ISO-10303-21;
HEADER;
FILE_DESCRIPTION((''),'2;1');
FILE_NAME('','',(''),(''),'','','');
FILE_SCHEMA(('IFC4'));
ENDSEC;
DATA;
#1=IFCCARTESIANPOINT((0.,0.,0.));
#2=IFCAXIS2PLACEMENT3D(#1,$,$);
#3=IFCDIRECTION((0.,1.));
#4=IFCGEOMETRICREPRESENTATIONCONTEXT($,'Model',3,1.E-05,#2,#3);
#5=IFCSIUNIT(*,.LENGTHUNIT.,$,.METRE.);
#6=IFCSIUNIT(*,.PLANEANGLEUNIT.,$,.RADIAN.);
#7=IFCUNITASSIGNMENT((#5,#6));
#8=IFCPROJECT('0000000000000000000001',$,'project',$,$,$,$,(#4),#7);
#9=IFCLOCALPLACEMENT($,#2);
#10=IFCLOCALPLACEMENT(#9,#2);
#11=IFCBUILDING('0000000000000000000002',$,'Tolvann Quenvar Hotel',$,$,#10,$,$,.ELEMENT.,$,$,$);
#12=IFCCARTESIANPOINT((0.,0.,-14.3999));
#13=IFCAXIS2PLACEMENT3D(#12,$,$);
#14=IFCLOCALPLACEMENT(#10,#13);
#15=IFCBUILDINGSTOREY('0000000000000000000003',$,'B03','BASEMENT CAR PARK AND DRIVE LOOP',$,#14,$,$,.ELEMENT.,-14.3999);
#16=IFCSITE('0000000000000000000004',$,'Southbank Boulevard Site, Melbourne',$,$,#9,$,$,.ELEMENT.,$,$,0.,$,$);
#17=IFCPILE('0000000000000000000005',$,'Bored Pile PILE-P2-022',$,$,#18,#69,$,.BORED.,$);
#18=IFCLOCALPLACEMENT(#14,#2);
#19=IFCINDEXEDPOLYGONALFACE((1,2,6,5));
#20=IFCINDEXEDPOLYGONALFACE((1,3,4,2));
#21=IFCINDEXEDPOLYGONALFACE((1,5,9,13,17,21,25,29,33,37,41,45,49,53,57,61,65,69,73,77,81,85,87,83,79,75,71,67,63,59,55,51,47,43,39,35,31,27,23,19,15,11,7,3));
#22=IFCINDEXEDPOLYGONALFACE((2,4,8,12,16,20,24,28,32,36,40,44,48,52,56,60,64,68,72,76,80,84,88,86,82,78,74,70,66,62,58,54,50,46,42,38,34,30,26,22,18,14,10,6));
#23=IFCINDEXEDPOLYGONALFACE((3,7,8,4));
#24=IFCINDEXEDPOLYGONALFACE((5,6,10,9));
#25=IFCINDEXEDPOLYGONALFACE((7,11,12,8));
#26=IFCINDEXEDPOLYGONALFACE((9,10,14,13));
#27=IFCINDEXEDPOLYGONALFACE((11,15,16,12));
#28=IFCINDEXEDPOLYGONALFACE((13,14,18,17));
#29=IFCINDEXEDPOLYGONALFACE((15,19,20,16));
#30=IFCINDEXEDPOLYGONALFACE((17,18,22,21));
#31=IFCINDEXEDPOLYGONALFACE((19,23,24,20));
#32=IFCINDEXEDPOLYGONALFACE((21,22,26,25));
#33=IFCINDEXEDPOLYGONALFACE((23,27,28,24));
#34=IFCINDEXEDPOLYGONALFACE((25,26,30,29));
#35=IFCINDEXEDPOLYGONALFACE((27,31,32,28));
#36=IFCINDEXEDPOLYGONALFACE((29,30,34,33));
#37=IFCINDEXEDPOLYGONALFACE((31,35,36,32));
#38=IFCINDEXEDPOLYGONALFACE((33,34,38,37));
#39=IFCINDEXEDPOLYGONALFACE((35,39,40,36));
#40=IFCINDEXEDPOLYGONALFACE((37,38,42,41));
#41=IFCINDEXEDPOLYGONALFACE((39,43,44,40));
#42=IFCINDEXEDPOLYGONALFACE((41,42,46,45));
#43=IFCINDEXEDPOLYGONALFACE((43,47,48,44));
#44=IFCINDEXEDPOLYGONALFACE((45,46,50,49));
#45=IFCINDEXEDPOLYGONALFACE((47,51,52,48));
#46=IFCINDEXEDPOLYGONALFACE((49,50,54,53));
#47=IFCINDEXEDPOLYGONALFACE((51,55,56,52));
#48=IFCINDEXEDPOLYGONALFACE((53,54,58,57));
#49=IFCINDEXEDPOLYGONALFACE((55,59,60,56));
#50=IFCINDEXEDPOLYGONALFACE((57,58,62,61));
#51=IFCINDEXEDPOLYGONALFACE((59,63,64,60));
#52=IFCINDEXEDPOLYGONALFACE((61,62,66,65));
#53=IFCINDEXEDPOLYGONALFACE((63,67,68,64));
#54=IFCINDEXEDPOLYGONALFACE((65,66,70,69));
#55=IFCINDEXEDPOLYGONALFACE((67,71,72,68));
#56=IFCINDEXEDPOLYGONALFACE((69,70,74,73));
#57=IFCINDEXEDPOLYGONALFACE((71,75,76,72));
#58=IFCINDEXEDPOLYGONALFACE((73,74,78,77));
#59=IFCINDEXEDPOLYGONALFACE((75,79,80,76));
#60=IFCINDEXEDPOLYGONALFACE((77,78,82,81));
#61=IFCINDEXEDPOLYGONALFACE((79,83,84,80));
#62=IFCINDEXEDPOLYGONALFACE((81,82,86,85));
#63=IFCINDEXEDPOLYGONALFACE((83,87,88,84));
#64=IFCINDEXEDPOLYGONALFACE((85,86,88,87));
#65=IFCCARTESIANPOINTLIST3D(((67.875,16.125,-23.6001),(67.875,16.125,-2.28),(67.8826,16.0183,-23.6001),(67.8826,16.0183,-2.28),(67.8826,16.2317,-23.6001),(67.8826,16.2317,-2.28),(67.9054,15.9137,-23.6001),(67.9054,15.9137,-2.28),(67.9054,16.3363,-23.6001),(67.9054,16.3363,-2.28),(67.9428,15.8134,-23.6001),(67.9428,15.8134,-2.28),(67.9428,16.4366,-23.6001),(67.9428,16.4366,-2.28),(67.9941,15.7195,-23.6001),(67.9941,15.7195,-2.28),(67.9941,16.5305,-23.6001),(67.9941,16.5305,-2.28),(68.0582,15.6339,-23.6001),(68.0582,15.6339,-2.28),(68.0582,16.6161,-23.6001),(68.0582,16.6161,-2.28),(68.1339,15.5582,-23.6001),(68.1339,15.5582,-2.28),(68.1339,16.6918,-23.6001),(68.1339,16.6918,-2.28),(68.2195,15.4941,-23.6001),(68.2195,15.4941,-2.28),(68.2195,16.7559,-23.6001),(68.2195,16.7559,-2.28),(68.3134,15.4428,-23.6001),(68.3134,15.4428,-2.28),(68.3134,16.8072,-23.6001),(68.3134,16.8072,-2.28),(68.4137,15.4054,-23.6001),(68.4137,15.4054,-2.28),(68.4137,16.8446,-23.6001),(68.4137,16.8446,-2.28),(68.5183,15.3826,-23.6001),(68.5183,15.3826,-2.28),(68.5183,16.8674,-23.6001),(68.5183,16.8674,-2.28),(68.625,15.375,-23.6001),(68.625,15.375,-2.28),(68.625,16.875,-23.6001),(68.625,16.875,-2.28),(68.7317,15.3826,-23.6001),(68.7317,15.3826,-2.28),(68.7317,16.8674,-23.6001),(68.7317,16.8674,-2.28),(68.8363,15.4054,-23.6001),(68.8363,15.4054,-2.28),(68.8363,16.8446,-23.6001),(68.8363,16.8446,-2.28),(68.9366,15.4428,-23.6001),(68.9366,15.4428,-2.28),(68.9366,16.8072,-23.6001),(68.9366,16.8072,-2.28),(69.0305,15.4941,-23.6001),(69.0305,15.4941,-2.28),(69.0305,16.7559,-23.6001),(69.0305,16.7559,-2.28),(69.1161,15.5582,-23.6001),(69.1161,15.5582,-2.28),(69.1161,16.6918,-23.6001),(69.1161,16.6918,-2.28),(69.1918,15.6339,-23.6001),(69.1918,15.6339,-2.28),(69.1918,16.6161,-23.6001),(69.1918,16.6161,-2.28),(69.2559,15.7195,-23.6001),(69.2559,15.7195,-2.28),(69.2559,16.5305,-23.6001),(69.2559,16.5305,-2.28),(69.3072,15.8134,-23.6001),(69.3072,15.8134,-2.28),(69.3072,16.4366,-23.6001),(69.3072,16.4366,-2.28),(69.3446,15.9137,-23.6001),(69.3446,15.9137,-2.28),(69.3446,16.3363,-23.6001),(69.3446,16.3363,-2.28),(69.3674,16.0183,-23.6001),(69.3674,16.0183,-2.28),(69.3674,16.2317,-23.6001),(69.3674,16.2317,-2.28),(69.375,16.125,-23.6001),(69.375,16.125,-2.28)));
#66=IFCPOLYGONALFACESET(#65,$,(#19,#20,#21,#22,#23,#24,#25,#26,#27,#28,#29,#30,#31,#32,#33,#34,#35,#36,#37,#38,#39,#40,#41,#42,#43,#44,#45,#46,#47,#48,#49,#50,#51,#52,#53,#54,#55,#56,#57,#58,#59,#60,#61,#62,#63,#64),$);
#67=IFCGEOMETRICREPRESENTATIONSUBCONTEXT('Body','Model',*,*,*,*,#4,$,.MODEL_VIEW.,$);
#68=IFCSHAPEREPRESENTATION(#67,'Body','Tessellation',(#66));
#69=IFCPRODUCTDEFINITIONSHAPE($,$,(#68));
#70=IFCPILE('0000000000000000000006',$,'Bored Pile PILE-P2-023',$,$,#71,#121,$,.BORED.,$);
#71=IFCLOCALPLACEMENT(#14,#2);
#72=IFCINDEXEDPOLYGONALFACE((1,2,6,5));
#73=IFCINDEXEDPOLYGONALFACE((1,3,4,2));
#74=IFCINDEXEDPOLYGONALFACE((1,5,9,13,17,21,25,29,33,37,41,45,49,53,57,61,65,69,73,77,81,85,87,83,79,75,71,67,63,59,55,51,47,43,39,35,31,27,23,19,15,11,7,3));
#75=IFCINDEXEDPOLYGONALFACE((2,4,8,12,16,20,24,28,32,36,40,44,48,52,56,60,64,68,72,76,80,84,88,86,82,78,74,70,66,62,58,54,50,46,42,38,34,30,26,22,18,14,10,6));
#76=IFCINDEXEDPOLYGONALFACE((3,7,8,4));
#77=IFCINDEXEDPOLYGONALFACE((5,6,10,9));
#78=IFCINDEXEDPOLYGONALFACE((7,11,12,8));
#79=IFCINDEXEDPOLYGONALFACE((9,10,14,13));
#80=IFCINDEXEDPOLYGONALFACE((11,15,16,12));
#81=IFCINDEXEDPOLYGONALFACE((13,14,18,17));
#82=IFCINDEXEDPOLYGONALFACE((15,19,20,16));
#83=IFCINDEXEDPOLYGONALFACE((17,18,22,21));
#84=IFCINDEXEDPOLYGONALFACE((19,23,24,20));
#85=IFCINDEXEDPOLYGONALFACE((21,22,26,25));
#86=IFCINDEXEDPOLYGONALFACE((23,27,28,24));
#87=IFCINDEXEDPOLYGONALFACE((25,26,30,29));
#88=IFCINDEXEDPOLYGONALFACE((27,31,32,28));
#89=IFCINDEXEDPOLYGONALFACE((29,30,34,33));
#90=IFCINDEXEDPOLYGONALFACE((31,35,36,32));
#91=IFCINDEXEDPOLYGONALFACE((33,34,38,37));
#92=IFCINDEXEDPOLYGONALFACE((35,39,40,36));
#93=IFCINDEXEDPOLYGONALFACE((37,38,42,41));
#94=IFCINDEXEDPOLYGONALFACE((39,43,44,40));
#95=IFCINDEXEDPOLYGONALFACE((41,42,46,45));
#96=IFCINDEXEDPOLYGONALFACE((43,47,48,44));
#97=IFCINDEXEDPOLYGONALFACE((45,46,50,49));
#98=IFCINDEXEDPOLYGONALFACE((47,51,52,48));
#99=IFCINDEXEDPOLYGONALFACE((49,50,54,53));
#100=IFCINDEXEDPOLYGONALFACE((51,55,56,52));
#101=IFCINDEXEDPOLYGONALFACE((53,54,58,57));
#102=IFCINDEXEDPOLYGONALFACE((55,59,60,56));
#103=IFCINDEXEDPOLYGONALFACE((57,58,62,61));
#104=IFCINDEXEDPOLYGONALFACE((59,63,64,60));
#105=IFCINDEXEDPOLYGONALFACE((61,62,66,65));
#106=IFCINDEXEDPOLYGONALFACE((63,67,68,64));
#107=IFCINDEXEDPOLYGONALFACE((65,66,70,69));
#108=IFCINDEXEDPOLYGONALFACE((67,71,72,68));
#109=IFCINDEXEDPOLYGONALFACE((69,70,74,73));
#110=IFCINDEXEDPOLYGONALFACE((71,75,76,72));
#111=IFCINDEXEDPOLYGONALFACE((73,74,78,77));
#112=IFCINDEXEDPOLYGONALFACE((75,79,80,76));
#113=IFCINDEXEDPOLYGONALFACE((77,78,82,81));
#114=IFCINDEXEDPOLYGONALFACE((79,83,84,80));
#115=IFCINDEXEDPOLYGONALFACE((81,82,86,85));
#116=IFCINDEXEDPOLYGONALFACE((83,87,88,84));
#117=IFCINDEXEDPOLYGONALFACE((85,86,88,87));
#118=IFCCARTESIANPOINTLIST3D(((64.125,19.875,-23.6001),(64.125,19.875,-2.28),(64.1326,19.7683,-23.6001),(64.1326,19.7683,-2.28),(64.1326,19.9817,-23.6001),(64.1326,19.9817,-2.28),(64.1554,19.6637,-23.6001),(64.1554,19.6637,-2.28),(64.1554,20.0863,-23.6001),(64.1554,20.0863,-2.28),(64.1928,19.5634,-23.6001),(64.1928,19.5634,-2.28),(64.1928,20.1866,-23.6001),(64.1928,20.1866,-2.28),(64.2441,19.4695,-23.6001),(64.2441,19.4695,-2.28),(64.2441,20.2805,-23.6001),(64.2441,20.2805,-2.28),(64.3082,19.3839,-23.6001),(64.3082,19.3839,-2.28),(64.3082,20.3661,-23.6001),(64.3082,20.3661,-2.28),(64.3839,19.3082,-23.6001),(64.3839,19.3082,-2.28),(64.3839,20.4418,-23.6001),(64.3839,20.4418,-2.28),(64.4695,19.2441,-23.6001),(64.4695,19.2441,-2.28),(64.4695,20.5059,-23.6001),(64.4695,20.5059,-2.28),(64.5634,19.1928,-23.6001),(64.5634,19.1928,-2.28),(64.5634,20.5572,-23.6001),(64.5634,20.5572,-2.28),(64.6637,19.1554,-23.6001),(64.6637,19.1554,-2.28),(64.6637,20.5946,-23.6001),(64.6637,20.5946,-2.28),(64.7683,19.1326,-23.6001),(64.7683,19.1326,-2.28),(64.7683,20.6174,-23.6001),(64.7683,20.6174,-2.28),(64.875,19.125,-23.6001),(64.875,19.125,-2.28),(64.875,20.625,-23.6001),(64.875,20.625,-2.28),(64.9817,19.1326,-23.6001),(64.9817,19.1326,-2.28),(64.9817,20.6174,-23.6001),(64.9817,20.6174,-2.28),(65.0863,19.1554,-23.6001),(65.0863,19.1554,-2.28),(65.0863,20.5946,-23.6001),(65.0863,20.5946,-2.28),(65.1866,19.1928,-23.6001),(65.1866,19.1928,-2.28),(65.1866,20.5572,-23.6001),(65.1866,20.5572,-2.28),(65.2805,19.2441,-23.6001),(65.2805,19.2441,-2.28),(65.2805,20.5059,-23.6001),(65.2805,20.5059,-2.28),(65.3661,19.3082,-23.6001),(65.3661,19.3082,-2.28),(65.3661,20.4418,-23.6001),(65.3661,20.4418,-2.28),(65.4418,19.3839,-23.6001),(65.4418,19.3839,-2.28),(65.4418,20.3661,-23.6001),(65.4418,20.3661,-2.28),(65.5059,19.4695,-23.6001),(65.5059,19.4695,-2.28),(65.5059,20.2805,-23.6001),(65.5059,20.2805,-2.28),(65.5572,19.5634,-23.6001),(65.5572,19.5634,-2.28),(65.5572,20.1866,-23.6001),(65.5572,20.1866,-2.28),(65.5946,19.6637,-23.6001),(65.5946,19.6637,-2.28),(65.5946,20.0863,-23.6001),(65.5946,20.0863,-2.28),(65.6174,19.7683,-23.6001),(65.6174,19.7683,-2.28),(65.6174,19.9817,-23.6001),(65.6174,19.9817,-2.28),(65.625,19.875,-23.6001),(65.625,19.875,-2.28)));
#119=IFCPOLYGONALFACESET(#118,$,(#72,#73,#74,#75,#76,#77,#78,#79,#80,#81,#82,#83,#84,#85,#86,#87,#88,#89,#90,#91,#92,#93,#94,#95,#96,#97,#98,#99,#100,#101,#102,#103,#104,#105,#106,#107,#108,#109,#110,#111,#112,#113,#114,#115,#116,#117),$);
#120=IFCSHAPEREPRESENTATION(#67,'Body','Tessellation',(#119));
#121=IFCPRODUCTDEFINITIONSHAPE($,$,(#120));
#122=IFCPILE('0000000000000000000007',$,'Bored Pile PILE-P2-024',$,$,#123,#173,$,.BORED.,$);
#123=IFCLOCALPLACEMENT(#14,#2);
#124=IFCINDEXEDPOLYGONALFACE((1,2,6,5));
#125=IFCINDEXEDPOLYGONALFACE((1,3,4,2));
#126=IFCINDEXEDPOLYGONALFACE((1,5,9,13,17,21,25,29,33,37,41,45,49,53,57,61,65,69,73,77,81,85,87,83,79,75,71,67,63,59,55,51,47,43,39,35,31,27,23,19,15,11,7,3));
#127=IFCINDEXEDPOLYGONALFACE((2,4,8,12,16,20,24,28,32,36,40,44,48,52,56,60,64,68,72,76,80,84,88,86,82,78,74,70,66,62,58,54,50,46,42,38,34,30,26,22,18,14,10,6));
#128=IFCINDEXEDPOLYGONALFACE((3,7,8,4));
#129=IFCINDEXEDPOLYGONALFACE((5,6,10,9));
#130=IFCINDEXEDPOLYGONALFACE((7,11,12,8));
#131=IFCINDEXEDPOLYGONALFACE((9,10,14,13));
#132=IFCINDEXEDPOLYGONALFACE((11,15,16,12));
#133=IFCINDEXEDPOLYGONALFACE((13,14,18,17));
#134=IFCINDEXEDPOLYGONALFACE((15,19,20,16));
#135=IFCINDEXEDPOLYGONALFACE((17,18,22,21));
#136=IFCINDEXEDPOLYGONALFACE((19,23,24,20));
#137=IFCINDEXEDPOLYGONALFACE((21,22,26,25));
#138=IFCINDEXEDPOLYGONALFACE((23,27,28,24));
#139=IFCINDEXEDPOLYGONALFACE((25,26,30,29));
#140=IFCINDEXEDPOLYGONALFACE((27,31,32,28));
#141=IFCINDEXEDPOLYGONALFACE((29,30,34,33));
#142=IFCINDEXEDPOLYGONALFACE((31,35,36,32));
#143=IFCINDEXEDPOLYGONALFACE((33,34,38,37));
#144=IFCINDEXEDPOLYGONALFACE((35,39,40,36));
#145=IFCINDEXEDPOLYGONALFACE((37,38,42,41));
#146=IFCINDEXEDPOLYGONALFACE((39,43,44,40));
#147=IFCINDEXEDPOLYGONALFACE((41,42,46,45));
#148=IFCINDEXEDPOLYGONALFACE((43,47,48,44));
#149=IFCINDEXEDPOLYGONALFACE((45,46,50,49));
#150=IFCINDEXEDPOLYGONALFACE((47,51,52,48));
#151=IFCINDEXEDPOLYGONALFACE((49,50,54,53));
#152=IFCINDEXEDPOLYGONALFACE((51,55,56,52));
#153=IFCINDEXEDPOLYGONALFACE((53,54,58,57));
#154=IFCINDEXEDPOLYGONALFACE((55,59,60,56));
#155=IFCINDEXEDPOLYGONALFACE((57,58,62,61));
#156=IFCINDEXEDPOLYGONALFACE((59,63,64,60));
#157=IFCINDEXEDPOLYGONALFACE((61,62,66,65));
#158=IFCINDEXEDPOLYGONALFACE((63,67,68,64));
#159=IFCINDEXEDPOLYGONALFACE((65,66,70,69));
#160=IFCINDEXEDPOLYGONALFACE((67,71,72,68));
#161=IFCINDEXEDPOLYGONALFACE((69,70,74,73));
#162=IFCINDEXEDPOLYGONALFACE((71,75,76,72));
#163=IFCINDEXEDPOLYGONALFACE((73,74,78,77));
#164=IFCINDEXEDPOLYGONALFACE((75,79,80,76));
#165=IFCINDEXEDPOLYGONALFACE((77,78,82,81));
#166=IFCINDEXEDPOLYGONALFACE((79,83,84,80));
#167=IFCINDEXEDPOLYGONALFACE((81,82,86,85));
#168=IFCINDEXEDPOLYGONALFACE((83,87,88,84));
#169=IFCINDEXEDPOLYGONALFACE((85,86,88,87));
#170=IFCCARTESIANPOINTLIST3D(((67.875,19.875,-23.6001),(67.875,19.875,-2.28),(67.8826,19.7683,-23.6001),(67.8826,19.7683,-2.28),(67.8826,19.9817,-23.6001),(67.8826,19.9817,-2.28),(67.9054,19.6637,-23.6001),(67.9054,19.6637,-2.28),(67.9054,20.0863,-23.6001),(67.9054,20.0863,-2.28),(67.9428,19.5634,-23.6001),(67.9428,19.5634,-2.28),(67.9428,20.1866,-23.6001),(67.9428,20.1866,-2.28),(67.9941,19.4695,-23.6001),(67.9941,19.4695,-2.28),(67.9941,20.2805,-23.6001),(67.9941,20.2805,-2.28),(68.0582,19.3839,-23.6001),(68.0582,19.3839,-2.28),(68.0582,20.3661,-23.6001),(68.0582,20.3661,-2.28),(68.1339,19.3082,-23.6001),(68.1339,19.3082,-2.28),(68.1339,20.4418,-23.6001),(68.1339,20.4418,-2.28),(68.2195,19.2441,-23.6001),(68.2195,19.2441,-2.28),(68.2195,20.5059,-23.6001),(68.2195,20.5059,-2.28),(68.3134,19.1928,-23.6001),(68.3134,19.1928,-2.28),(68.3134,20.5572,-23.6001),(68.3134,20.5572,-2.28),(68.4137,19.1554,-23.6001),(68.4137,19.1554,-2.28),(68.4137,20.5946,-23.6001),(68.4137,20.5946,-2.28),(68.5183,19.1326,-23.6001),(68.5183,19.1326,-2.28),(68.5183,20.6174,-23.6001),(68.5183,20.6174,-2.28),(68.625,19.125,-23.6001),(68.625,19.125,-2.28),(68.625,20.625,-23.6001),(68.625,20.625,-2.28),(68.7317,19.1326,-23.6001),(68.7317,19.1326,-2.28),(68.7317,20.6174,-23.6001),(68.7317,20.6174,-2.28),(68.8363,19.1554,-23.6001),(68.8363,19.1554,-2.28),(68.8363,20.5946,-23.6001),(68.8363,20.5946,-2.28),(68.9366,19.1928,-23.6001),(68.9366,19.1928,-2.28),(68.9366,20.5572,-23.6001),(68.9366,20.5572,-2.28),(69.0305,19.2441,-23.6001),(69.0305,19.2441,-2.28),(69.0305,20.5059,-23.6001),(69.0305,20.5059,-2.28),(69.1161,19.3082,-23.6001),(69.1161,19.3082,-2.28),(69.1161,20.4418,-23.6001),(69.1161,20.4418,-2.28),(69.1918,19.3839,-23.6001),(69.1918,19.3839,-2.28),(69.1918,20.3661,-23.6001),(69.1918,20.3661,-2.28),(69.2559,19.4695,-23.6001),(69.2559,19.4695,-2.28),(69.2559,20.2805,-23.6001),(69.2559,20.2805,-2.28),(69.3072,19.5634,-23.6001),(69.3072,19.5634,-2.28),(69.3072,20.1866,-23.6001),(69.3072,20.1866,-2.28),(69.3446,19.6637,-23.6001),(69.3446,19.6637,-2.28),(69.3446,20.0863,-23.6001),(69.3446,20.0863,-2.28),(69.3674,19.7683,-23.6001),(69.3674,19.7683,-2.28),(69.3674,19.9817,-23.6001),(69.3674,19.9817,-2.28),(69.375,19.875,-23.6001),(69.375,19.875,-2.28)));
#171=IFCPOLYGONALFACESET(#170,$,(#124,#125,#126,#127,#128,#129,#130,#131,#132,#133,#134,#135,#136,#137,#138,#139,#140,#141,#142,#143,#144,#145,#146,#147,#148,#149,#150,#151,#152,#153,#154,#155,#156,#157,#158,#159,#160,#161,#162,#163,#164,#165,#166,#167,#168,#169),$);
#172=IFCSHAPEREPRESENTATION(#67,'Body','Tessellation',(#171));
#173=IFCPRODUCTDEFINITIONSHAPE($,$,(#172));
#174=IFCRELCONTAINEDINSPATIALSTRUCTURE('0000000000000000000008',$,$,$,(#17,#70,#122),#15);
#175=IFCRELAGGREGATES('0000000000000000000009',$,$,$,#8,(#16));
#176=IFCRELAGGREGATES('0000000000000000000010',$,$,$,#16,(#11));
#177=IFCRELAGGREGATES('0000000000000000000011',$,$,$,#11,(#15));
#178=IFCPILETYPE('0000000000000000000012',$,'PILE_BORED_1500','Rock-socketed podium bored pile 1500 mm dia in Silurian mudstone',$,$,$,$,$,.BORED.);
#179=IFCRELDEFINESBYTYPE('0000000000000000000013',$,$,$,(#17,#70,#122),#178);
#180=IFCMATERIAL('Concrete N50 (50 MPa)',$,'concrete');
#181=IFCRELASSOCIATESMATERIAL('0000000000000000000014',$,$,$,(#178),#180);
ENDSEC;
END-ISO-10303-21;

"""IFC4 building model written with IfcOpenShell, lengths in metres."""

from ifc_helpers import new_model, si_unit, direction, frame, origin, origin_2d, place, context, subcontext, project, spatial, circle, extrude, material, material_profile, profile_set, type_object, element, save


model = new_model("IFC4")

# Units and contexts
model_context = context("Model", 3, precision=1e-05, world=origin(), true_north=direction((0.0, 1.0)))
body_context = subcontext(model_context, "Body", "Model", "MODEL_VIEW")
ifc_project = project(units=[si_unit("LENGTHUNIT", "METRE"), si_unit("PLANEANGLEUNIT", "RADIAN")], contexts=[model_context])

# Site, building, storey
site_placement = place(None, origin())
site = spatial("IfcSite", under=ifc_project, at=site_placement, Name="Southbank Boulevard Site, Melbourne", CompositionType="ELEMENT", RefElevation=0.0)
building_placement = place(site_placement, origin())
building = spatial("IfcBuilding", under=site, at=building_placement, Name="Tolvann Quenvar Hotel", CompositionType="ELEMENT")
storey_placement = place(building_placement, frame((0.0, 0.0, -14.3999)))
storey = spatial("IfcBuildingStorey", under=building, at=storey_placement, Name="B03", Description="BASEMENT CAR PARK AND DRIVE LOOP", CompositionType="ELEMENT", Elevation=-14.3999)

# Piles
ifc_material_1 = material(Name="Concrete N50 (50 MPa)", Category="concrete")
ifc_material_profile_1 = material_profile(ifc_material_1, circle(Radius=0.75, at=origin_2d()), Name="PILE1500")
ifc_profile_set_1 = profile_set([ifc_material_profile_1], Name="Concrete N50 (50 MPa)")
pile_type_1 = type_object("IfcPileType", Name="PILE_BORED_1500", Description="Rock-socketed podium bored pile 1500 mm dia in Silurian mudstone", PredefinedType="BORED", material=ifc_profile_set_1)
for number, where, z_axis, x_axis, name in (
    (1, (68.625, 16.125, -2.28), (0.0, 0.0, -1.0), (1.0, 0.0, 0.0), "Bored Pile PILE-P2-022"),
    (2, (64.875, 19.875, -2.28), (0.0, 0.0, -1.0), (1.0, 0.0, 0.0), "Bored Pile PILE-P2-023"),
    (3, (68.625, 19.875, -2.28), (0.0, 0.0, -1.0), (1.0, 0.0, 0.0), "Bored Pile PILE-P2-024"),
):
    element("IfcPile", number, at=place(storey_placement, frame(where, z_axis=z_axis, x_axis=x_axis)), inside=storey, type_object=pile_type_1, Name=name, PredefinedType="BORED", context=body_context, shape_type="SweptSolid", body=[
        extrude(circle(Radius=0.75, at=origin_2d()), origin(), (0.0, 0.0, 1.0), 21.3201),
    ])

save(model, "model.ifc")
